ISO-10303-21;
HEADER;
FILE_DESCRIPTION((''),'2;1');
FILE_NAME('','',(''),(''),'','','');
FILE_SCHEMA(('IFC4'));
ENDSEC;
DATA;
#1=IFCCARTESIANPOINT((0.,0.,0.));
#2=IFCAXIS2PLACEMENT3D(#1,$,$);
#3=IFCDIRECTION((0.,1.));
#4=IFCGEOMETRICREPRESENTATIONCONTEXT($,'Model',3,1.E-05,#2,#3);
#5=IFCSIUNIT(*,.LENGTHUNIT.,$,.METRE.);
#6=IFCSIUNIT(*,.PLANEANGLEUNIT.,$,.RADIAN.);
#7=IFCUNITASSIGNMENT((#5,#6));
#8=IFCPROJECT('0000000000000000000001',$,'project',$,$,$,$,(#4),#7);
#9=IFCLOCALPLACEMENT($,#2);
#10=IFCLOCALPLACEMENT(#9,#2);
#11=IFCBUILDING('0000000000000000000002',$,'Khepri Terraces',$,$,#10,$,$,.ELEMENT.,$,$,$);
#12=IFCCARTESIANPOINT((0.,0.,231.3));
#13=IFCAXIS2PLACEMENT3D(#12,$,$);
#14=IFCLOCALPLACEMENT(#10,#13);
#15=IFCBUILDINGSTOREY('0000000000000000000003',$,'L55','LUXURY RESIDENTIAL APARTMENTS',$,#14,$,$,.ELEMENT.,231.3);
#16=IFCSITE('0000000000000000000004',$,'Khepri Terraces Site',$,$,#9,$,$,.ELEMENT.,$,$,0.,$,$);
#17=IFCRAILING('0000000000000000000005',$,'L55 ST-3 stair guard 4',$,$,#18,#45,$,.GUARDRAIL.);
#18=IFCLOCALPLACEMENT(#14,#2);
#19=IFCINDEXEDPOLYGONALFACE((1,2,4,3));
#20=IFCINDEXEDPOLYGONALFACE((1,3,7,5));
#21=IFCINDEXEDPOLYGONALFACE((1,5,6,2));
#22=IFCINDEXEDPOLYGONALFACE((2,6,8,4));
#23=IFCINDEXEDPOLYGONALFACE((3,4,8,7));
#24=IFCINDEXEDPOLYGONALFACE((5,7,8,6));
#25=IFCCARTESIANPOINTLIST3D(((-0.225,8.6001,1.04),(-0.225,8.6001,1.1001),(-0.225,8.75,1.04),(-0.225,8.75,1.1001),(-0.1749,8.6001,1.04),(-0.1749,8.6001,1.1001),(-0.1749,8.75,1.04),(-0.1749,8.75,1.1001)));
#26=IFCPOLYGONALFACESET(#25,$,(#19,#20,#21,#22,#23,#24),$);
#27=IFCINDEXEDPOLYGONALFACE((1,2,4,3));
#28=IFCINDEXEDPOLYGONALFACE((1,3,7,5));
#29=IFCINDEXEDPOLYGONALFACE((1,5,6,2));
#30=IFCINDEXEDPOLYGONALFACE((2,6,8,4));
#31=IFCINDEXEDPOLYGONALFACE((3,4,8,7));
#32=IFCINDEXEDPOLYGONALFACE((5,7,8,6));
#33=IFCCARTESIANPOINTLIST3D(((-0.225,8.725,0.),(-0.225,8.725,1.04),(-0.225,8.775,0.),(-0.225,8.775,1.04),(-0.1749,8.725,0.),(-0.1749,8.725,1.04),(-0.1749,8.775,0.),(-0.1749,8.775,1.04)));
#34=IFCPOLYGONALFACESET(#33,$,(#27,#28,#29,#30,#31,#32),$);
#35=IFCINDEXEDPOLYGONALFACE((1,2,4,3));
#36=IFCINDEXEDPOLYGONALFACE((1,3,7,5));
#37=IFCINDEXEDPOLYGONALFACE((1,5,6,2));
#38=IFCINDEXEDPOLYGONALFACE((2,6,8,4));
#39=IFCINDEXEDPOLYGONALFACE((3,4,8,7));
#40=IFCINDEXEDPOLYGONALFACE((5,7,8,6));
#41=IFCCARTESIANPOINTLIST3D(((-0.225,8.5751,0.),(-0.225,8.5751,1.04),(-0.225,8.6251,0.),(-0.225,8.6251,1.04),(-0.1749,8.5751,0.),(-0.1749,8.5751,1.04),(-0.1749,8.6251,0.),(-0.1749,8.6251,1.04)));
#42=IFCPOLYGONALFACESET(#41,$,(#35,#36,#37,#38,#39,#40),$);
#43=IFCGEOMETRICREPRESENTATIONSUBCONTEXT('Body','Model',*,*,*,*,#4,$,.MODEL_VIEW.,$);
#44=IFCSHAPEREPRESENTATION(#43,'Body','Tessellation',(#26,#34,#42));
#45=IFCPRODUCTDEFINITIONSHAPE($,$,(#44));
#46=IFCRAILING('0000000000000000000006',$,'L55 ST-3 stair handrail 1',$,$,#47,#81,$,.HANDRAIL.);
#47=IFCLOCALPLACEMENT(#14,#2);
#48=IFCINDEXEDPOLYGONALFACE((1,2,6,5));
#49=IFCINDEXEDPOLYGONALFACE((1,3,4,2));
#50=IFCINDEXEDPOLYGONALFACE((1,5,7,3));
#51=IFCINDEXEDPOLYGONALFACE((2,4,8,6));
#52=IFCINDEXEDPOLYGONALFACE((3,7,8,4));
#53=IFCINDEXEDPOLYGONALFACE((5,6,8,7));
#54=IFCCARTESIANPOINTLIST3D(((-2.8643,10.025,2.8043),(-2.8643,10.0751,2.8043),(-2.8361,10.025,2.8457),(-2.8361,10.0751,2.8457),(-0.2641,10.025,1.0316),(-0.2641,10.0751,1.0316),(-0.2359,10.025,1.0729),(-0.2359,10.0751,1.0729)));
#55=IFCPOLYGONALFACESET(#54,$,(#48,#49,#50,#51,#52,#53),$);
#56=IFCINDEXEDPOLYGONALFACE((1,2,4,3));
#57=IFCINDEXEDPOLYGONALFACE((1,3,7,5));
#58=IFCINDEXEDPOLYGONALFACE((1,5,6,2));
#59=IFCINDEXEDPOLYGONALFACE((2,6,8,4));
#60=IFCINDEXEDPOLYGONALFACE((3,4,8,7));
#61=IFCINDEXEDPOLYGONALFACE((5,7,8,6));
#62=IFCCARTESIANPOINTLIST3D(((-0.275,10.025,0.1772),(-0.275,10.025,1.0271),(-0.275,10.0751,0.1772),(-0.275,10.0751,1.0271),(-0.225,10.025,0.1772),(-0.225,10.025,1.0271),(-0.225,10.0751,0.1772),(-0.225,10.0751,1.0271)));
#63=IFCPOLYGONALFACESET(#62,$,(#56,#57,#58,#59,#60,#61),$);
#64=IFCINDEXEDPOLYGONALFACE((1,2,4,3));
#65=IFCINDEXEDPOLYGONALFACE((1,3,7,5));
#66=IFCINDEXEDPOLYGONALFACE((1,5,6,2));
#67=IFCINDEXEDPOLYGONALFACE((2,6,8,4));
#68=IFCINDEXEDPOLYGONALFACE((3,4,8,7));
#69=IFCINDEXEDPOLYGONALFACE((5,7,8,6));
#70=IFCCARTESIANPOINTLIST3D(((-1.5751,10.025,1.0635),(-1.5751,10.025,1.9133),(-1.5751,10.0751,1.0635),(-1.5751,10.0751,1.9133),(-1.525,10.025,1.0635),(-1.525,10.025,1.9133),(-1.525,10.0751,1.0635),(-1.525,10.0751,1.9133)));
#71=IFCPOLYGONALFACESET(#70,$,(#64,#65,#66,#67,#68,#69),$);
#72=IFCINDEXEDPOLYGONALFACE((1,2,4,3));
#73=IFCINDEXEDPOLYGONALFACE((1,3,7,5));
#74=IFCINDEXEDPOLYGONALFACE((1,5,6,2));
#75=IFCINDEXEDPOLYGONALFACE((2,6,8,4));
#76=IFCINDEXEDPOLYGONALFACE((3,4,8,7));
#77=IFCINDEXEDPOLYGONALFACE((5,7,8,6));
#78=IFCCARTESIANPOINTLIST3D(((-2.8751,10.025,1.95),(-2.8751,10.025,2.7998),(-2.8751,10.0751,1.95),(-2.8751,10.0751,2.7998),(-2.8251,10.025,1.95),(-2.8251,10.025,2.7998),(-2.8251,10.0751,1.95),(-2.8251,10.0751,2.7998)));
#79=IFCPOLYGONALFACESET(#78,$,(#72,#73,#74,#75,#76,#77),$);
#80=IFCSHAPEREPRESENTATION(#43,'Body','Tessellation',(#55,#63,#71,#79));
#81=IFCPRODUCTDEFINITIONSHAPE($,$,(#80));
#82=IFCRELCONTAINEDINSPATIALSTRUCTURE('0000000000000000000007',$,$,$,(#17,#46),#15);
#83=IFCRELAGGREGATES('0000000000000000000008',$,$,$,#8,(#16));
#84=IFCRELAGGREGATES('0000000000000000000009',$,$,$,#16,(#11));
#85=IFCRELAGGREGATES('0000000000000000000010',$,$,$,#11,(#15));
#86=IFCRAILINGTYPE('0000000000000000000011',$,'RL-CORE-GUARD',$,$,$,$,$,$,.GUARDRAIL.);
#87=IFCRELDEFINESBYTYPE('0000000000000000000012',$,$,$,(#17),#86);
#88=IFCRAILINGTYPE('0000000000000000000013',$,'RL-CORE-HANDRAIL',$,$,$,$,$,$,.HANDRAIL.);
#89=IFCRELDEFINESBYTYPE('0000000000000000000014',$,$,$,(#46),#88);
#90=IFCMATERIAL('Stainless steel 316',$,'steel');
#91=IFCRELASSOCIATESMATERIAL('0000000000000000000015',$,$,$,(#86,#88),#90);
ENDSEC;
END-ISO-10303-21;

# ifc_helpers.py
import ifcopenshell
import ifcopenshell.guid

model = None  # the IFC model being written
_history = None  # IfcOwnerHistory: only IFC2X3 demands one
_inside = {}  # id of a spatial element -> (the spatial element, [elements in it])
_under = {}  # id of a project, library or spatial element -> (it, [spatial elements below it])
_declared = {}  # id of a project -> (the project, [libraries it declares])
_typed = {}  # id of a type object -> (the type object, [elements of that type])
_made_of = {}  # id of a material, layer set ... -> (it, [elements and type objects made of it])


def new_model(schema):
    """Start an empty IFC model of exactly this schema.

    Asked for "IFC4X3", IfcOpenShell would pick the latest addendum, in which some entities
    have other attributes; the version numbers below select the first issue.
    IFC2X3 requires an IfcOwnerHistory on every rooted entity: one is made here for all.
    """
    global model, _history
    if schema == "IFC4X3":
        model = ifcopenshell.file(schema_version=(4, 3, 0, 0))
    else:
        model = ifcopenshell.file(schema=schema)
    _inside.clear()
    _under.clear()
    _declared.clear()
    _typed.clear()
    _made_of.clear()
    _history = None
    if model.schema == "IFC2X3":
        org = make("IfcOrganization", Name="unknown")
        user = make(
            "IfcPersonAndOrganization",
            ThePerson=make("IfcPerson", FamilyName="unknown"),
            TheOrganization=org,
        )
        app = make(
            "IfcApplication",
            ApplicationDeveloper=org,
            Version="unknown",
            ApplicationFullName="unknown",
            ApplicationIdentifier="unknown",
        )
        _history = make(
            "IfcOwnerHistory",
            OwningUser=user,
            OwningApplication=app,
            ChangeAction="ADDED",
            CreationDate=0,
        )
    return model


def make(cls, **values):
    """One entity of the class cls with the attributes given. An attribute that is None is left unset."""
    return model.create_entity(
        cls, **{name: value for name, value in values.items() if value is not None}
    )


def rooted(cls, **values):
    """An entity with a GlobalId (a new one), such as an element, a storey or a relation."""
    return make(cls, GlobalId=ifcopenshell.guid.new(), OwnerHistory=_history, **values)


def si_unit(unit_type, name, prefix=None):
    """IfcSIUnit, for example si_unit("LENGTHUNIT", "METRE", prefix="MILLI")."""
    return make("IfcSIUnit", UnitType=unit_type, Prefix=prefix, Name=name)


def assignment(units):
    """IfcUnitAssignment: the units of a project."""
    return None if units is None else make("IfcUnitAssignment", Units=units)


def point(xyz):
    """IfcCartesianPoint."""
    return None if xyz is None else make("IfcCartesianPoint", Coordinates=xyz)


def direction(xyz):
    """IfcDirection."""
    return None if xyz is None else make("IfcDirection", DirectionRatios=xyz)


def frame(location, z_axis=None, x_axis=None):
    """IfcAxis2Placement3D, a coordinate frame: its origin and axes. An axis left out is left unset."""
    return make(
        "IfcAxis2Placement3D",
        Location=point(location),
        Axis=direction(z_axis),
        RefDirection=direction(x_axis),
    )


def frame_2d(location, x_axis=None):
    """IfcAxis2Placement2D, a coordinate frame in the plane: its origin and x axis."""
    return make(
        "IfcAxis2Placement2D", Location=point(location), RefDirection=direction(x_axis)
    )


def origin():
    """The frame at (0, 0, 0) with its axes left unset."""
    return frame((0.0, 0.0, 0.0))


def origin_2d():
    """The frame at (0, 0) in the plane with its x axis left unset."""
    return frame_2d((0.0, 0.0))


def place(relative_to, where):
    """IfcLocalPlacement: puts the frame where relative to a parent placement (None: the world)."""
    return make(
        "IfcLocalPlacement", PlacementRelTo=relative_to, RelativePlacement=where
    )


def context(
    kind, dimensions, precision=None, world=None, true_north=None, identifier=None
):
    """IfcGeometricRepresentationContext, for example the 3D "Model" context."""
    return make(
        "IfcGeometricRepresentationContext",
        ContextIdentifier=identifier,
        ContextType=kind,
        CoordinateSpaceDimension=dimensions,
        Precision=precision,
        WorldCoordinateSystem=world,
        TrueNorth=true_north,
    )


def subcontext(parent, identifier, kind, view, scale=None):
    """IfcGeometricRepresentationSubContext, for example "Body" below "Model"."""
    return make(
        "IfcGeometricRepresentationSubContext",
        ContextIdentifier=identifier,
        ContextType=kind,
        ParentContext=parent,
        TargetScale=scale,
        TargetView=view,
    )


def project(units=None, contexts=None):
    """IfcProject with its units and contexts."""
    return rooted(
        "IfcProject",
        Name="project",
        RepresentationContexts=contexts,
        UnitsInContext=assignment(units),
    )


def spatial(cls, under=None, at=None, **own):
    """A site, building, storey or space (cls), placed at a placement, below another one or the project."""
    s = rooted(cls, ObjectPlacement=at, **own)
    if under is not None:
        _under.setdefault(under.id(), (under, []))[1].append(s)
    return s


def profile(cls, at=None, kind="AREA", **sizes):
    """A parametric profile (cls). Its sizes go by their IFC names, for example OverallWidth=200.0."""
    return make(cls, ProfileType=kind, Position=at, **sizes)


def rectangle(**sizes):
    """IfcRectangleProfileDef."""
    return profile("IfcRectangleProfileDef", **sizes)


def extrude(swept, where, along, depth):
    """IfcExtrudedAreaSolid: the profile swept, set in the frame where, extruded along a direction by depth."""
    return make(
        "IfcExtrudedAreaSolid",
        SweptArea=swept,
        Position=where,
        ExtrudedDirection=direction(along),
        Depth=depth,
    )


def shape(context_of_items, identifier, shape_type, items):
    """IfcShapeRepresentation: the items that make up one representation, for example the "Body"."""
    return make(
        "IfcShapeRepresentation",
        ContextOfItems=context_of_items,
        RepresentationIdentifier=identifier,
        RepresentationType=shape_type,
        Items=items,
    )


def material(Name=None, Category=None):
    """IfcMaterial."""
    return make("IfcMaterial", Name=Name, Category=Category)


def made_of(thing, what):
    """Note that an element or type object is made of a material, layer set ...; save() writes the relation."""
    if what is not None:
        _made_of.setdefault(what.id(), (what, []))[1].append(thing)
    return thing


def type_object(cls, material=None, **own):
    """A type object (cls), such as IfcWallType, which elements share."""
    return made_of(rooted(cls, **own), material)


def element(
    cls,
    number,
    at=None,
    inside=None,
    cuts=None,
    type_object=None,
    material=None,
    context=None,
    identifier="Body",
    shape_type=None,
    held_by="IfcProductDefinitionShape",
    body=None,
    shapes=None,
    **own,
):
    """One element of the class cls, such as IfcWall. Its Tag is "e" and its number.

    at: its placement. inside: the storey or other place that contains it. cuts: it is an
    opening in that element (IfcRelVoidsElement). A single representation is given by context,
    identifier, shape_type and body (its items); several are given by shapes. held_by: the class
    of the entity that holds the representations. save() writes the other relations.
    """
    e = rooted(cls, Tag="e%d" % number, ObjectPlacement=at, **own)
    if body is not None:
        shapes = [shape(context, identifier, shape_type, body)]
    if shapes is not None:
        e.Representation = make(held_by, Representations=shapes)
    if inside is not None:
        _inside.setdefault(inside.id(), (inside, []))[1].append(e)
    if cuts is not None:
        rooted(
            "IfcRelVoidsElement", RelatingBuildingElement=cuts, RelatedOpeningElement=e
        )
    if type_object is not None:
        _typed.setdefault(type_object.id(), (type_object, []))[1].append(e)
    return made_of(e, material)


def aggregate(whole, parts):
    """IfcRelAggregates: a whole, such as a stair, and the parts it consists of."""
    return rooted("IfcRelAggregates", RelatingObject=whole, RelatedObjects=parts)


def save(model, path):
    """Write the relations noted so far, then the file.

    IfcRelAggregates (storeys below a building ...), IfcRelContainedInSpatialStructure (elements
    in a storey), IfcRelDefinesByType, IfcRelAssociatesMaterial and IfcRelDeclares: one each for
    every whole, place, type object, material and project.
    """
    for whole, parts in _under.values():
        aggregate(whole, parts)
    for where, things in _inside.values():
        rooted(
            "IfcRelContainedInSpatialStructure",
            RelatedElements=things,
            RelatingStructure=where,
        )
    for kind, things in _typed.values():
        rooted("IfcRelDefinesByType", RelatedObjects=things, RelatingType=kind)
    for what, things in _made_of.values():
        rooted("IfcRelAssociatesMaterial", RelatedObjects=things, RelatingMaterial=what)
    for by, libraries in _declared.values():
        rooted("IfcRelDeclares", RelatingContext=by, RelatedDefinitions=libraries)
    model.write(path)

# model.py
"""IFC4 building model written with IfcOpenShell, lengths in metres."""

from ifc_helpers import new_model, si_unit, direction, frame, origin, origin_2d, place, context, subcontext, project, spatial, rectangle, extrude, material, type_object, element, save


model = new_model("IFC4")

# Units and contexts
model_context = context("Model", 3, precision=1e-05, world=origin(), true_north=direction((0.0, 1.0)))
body_context = subcontext(model_context, "Body", "Model", "MODEL_VIEW")
ifc_project = project(units=[si_unit("LENGTHUNIT", "METRE"), si_unit("PLANEANGLEUNIT", "RADIAN")], contexts=[model_context])

# Site, building, storey
site_placement = place(None, origin())
site = spatial("IfcSite", under=ifc_project, at=site_placement, Name="Khepri Terraces Site", CompositionType="ELEMENT", RefElevation=0.0)
building_placement = place(site_placement, origin())
building = spatial("IfcBuilding", under=site, at=building_placement, Name="Khepri Terraces", CompositionType="ELEMENT")
storey_placement = place(building_placement, frame((0.0, 0.0, 231.3)))
storey = spatial("IfcBuildingStorey", under=building, at=storey_placement, Name="L55", Description="LUXURY RESIDENTIAL APARTMENTS", CompositionType="ELEMENT", Elevation=231.3)

# Railings
ifc_material_1 = material(Name="Stainless steel 316", Category="steel")
railing_type_1 = type_object("IfcRailingType", Name="RL-CORE-GUARD", PredefinedType="GUARDRAIL", material=ifc_material_1)
railing_1_placement = place(storey_placement, frame((-0.2, 8.75, 0.0)))
element("IfcRailing", 1, at=railing_1_placement, inside=storey, type_object=railing_type_1, Name="L55 ST-3 stair guard 4", PredefinedType="GUARDRAIL", context=body_context, shape_type="SweptSolid", body=[
    extrude(rectangle(XDim=0.05, YDim=0.0601, at=origin_2d()), frame((0.0, 0.0, 1.0701), z_axis=(0.0, -1.0, 0.0), x_axis=(1.0, 0.0, 0.0)), (0.0, 0.0, 1.0), 0.1499),
    extrude(rectangle(XDim=0.05, YDim=0.05, at=origin_2d()), origin(), (0.0, 0.0, 1.0), 1.04),
    extrude(rectangle(XDim=0.05, YDim=0.05, at=origin_2d()), frame((0.0, -0.1499, 0.0)), (0.0, 0.0, 1.0), 1.04),
])
railing_type_2 = type_object("IfcRailingType", Name="RL-CORE-HANDRAIL", PredefinedType="HANDRAIL", material=ifc_material_1)
railing_2_placement = place(storey_placement, frame((-0.25, 10.05, 0.1772)))
element("IfcRailing", 2, at=railing_2_placement, inside=storey, type_object=railing_type_2, Name="L55 ST-3 stair handrail 1", PredefinedType="HANDRAIL", context=body_context, shape_type="SweptSolid", body=[
    extrude(rectangle(XDim=0.05, YDim=0.05, at=origin_2d()), frame((0.0, 0.0, 0.875), z_axis=(-0.82624, 0.0, 0.563318), x_axis=(0.0, -1.0, 0.0)), (0.0, 0.0, 1.0), 3.147),
    extrude(rectangle(XDim=0.05, YDim=0.05, at=origin_2d()), origin(), (0.0, 0.0, 1.0), 0.8499),
    extrude(rectangle(XDim=0.05, YDim=0.05, at=origin_2d()), frame((-1.3, 0.0, 0.8862)), (0.0, 0.0, 1.0), 0.8499),
    extrude(rectangle(XDim=0.05, YDim=0.05, at=origin_2d()), frame((-2.6001, 0.0, 1.7727)), (0.0, 0.0, 1.0), 0.8499),
])

save(model, "model.ifc")
